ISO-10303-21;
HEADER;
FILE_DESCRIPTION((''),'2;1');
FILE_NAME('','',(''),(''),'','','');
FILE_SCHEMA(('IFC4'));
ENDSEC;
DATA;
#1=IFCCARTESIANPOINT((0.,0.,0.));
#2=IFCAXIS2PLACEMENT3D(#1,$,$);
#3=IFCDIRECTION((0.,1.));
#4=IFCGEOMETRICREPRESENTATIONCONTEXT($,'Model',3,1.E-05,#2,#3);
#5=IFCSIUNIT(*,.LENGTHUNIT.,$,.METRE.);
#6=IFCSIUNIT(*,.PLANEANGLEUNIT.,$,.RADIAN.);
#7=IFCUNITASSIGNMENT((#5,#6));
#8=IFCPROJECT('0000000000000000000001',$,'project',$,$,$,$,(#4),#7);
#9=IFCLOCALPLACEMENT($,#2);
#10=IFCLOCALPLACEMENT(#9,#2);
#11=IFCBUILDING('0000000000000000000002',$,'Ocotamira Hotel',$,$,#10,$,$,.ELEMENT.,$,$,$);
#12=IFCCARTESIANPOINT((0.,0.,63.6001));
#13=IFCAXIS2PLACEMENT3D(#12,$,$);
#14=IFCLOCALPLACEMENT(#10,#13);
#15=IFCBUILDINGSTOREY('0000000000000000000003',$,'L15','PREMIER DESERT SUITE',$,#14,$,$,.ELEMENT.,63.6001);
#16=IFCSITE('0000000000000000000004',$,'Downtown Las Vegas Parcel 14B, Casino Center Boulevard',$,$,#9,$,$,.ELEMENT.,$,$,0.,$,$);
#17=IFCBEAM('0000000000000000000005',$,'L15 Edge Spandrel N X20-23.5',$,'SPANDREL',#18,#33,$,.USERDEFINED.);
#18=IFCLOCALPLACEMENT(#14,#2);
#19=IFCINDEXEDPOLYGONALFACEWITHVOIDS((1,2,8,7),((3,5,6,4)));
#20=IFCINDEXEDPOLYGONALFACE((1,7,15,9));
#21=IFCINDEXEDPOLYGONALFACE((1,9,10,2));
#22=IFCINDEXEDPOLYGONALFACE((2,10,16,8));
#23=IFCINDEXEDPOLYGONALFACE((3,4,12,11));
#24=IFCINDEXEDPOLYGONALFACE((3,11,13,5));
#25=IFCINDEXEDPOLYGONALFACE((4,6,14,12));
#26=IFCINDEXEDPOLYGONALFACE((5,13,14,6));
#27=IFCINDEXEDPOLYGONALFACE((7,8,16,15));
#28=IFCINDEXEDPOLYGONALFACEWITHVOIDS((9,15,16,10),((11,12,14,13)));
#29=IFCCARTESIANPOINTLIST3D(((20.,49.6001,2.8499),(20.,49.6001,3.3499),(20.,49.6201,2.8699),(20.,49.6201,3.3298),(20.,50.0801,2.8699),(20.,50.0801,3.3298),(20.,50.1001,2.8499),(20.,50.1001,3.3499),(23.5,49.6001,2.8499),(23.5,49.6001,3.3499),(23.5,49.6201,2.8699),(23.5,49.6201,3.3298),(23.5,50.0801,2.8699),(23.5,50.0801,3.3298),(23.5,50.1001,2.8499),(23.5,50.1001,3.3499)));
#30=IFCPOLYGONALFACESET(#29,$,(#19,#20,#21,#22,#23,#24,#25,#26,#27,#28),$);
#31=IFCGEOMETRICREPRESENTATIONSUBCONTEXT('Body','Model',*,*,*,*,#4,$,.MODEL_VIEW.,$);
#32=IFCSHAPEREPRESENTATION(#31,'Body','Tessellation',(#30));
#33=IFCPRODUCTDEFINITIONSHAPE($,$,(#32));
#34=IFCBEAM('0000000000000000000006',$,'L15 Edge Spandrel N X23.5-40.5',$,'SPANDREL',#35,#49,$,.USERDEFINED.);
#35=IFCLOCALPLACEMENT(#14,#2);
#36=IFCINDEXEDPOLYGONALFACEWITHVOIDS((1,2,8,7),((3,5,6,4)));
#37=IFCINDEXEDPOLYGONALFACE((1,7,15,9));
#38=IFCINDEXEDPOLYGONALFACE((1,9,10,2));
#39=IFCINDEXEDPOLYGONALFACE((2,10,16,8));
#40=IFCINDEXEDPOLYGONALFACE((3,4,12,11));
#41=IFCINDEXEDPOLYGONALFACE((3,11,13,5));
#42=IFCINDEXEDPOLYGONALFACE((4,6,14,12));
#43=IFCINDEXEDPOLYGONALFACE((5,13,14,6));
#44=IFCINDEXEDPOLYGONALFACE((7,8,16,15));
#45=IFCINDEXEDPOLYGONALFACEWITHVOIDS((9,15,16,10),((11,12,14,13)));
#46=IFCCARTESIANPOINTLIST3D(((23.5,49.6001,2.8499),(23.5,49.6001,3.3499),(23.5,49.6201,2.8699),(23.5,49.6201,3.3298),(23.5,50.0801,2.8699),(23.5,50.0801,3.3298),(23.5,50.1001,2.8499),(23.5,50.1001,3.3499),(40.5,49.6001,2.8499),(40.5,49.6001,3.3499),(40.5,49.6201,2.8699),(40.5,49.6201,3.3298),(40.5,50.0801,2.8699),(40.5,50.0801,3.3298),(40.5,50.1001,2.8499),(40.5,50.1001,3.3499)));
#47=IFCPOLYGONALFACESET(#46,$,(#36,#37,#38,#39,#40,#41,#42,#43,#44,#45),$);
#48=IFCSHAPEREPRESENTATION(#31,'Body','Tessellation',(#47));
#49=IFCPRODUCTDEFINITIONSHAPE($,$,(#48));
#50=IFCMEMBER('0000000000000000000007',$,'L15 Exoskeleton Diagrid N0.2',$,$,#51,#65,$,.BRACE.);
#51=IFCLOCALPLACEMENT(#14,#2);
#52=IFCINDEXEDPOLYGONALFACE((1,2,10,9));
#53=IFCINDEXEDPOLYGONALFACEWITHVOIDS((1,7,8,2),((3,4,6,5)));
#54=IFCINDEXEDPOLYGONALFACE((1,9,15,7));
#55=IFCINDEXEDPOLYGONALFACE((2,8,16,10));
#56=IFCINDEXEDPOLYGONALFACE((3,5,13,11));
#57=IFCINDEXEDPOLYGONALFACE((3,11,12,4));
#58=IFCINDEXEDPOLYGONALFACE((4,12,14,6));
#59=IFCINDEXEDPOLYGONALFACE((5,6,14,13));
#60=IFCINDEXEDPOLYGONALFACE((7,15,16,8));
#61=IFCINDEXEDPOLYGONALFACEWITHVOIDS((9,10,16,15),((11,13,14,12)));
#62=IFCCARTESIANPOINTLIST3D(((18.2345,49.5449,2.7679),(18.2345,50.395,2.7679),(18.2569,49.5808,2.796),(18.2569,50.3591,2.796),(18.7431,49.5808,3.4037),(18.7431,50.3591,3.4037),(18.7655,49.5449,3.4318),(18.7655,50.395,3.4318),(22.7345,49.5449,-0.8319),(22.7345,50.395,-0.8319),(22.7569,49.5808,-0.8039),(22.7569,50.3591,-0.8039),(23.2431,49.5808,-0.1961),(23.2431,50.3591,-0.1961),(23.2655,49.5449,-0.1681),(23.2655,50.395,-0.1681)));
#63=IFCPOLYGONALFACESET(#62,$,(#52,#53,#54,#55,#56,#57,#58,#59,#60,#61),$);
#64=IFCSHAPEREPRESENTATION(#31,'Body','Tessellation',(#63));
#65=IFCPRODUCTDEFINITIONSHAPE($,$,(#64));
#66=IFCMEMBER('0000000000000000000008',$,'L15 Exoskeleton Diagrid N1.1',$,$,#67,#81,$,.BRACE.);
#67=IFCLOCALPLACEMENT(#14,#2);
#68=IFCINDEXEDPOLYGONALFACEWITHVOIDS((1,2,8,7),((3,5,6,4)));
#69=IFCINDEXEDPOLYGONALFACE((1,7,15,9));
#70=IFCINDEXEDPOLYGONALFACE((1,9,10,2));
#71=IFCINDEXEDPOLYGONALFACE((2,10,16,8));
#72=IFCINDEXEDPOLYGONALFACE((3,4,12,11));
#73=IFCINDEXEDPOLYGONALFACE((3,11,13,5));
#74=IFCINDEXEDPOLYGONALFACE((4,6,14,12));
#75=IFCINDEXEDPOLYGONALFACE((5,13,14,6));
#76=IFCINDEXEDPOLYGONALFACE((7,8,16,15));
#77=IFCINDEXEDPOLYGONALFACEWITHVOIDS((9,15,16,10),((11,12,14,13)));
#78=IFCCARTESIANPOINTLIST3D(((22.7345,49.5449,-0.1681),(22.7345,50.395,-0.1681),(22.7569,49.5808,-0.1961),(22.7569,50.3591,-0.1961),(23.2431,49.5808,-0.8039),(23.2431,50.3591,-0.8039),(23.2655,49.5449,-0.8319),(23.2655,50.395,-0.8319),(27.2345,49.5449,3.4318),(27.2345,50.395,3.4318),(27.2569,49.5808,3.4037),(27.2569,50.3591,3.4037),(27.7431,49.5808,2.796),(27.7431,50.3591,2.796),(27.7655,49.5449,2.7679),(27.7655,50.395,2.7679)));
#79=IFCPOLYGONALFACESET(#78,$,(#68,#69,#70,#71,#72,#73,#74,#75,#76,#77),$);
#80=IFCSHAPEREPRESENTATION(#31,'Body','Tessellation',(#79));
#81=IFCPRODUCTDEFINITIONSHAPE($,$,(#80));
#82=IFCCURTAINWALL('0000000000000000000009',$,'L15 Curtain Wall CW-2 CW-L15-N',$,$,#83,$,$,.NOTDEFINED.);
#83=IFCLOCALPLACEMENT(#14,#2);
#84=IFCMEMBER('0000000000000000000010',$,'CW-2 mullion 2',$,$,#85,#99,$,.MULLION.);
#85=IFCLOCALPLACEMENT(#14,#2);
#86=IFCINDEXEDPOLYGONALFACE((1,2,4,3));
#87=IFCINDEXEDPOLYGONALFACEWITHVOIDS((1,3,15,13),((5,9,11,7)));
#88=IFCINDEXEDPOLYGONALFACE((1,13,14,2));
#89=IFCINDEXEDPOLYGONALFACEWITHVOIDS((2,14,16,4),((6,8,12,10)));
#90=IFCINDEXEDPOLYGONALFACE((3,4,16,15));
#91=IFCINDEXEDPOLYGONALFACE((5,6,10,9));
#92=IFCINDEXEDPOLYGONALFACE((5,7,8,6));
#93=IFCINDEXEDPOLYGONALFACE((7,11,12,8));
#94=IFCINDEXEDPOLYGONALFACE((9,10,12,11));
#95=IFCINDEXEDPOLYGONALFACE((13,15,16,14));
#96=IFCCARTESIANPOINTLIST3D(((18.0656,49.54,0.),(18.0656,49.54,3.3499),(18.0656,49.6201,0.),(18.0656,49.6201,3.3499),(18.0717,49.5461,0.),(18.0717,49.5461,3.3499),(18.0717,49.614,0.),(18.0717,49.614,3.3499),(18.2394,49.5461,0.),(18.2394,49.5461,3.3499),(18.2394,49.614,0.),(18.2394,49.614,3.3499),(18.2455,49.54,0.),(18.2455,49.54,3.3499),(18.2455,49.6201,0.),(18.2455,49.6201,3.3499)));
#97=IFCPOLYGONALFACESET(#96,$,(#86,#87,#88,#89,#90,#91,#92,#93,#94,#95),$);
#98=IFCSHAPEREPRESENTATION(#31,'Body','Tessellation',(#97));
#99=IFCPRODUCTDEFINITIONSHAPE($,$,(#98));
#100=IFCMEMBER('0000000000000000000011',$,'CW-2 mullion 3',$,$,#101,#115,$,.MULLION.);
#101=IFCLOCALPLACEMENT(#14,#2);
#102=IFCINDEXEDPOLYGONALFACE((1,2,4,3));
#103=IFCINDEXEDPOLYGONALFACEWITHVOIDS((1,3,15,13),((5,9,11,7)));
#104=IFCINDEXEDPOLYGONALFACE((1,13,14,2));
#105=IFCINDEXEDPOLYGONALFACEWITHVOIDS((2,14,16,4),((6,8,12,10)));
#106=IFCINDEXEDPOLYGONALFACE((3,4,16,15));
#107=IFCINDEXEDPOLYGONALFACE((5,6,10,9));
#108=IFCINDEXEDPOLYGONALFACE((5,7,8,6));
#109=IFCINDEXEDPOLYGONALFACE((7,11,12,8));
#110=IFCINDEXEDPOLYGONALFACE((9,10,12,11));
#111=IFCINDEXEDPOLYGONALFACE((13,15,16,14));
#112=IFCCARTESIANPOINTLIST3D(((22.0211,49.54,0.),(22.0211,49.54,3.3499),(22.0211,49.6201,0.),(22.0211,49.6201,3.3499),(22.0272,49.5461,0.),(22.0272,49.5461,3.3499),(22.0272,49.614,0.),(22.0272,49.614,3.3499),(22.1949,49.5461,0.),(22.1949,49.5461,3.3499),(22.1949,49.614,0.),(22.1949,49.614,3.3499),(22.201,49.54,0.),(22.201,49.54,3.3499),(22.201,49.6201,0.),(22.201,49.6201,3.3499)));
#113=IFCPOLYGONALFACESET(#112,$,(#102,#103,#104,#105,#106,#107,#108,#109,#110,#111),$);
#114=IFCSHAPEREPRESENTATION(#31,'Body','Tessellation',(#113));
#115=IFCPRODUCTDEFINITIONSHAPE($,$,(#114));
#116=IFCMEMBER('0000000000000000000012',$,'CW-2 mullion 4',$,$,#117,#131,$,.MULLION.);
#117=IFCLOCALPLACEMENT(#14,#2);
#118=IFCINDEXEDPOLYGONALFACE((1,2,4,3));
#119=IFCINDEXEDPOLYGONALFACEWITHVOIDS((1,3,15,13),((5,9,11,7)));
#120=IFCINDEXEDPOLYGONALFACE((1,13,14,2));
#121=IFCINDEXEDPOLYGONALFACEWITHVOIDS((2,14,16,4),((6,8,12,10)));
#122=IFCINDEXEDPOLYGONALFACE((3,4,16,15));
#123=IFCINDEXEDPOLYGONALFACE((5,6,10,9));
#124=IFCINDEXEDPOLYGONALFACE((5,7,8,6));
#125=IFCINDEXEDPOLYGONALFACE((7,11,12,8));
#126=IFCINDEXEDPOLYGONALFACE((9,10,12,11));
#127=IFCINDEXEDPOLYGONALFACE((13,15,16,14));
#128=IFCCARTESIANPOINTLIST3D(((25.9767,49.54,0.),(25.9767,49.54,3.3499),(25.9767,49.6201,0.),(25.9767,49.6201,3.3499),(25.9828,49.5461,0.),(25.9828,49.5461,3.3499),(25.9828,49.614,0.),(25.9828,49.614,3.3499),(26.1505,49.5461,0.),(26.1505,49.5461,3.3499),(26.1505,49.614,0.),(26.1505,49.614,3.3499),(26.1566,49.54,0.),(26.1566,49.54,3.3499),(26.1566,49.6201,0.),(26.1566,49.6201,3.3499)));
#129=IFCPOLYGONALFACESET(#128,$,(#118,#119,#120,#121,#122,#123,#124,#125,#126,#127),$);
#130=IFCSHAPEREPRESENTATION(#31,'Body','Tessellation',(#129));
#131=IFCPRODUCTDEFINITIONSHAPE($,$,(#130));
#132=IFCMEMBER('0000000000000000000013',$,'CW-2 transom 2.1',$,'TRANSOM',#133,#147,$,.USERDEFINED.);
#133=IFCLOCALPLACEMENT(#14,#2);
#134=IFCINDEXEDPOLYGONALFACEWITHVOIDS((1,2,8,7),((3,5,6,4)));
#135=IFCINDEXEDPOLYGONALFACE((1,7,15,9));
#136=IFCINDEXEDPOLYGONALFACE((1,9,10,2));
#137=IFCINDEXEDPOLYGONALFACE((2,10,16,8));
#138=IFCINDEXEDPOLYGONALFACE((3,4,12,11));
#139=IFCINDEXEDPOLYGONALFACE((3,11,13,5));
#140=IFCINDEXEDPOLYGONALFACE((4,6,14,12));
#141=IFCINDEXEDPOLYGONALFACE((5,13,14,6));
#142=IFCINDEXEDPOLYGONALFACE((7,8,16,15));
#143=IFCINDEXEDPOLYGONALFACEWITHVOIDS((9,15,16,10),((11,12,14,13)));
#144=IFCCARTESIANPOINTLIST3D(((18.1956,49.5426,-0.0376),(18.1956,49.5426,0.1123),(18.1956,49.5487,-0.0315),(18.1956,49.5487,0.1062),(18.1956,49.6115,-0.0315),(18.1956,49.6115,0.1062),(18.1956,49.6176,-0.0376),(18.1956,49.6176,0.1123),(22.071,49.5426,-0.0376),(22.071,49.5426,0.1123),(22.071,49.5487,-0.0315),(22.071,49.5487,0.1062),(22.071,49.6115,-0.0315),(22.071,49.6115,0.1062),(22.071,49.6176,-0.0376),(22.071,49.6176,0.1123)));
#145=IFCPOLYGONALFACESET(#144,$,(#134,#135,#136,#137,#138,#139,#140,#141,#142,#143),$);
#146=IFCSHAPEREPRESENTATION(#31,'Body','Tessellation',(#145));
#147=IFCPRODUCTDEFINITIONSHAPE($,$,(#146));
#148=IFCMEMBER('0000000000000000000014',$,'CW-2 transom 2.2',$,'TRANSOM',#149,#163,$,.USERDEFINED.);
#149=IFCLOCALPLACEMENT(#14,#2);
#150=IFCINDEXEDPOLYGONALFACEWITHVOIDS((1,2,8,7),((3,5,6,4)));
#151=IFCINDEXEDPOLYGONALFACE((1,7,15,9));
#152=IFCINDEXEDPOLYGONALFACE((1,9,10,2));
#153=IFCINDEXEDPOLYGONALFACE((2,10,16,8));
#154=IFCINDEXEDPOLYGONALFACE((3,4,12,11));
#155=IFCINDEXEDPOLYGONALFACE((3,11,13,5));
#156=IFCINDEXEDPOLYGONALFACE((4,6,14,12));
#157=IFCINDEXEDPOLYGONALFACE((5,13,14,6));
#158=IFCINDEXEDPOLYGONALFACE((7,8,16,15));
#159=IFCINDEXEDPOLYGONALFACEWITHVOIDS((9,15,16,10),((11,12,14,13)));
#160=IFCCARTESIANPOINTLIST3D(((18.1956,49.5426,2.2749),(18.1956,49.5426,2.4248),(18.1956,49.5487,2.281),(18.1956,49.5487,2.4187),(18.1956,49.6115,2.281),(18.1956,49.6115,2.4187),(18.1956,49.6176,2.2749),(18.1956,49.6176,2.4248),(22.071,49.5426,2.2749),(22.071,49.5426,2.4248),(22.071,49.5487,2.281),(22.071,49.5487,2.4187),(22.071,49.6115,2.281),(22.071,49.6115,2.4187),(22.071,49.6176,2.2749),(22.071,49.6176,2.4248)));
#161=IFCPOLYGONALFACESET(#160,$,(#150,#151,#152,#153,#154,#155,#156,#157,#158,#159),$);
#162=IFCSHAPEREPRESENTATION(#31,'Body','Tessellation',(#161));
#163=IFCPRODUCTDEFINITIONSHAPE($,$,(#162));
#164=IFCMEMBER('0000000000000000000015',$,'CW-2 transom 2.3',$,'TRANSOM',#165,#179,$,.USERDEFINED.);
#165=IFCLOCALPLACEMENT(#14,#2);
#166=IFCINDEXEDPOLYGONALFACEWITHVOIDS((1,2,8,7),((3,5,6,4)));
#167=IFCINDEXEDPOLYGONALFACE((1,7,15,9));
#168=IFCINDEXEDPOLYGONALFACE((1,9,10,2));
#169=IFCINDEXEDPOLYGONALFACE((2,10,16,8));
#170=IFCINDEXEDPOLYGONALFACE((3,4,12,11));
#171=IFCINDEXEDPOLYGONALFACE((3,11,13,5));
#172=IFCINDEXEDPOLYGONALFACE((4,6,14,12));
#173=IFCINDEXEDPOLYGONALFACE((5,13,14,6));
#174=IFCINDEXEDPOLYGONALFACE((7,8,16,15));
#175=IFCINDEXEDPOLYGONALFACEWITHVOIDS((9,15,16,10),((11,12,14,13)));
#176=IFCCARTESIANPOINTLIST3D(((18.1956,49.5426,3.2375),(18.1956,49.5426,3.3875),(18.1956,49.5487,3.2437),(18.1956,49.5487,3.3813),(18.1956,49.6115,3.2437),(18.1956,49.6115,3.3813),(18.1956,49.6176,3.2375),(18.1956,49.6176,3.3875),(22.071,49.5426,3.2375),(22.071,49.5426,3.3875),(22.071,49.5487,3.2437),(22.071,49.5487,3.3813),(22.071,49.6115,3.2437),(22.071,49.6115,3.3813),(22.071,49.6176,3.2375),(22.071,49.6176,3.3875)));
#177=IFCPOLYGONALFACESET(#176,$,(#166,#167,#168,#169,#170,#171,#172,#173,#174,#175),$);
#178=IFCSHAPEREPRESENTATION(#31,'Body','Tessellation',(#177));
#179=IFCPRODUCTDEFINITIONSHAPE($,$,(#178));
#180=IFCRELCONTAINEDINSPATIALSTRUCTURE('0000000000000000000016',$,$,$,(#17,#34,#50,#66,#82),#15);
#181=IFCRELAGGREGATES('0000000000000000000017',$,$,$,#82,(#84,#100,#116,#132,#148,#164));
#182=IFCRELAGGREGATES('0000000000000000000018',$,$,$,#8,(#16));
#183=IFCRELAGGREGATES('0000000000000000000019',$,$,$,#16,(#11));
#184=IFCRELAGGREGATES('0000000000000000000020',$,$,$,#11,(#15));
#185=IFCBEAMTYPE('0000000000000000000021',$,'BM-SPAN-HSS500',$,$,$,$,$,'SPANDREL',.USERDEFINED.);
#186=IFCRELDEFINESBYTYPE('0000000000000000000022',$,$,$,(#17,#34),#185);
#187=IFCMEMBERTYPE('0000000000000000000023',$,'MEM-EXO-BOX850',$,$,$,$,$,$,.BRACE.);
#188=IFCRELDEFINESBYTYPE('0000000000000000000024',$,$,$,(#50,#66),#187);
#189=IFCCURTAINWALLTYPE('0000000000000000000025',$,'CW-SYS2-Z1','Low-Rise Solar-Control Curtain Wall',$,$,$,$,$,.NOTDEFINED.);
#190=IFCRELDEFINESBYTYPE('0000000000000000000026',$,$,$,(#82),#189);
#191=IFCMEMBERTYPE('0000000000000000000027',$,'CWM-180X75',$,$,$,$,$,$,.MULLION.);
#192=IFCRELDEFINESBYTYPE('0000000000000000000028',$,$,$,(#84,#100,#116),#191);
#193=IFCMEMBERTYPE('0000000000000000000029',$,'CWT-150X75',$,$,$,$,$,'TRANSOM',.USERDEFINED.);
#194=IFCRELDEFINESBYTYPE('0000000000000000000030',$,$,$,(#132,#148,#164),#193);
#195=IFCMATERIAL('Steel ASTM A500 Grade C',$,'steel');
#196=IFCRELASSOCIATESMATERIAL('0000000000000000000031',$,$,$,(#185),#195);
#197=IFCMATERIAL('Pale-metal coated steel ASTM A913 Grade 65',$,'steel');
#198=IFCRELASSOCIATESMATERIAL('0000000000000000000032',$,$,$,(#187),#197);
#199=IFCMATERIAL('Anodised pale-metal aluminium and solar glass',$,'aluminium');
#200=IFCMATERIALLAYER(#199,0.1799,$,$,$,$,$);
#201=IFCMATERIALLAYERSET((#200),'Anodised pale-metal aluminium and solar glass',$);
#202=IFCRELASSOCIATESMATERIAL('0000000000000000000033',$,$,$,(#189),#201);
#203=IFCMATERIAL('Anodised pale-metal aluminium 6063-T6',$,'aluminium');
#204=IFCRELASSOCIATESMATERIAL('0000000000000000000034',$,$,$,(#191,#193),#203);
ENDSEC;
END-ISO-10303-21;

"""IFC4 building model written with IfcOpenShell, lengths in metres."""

from ifc_helpers import new_model, si_unit, direction, frame, origin, origin_2d, place, context, subcontext, project, spatial, hollow_rectangle, extrude, source, transform, mapped, material, layer, layer_set, material_profile, profile_set, type_object, element, aggregate, save


model = new_model("IFC4")

# Units and contexts
model_context = context("Model", 3, precision=1e-05, world=origin(), true_north=direction((0.0, 1.0)))
body_context = subcontext(model_context, "Body", "Model", "MODEL_VIEW")
ifc_project = project(units=[si_unit("LENGTHUNIT", "METRE"), si_unit("PLANEANGLEUNIT", "RADIAN")], contexts=[model_context])

# Site, building, storey
site_placement = place(None, origin())
site = spatial("IfcSite", under=ifc_project, at=site_placement, Name="Downtown Las Vegas Parcel 14B, Casino Center Boulevard", CompositionType="ELEMENT", RefElevation=0.0)
building_placement = place(site_placement, origin())
building = spatial("IfcBuilding", under=site, at=building_placement, Name="Ocotamira Hotel", CompositionType="ELEMENT")
storey_placement = place(building_placement, frame((0.0, 0.0, 63.6001)))
storey = spatial("IfcBuildingStorey", under=building, at=storey_placement, Name="L15", Description="PREMIER DESERT SUITE", CompositionType="ELEMENT", Elevation=63.6001)

# Beams
ifc_material_1 = material(Name="Steel ASTM A500 Grade C", Category="steel")
ifc_material_profile_1 = material_profile(ifc_material_1, hollow_rectangle(XDim=0.5, YDim=0.5, WallThickness=0.02, at=origin_2d()), Name="HSS500X500X20")
ifc_profile_set_1 = profile_set([ifc_material_profile_1], Name="Steel ASTM A500 Grade C")
beam_type_1 = type_object("IfcBeamType", Name="BM-SPAN-HSS500", ElementType="SPANDREL", PredefinedType="USERDEFINED", material=ifc_profile_set_1)
shared_shape_1 = source(origin(), body_context, "Body", "SweptSolid", [
    extrude(hollow_rectangle(XDim=0.5, YDim=0.5, WallThickness=0.02, at=origin_2d()), origin(), (0.0, 0.0, 1.0), 3.5),
])
beam_1_placement = place(storey_placement, frame((20.0, 49.8501, 3.0999), z_axis=(1.0, 0.0, 0.0), x_axis=(0.0, 1.0, 0.0)))
element("IfcBeam", 1, at=beam_1_placement, inside=storey, type_object=beam_type_1, Name="L15 Edge Spandrel N X20-23.5", ObjectType="SPANDREL", PredefinedType="USERDEFINED", context=body_context, shape_type="MappedRepresentation", body=[
    mapped(shared_shape_1, transform((0.0, 0.0, 0.0), scale=1.0)),
])
shared_shape_2 = source(origin(), body_context, "Body", "SweptSolid", [
    extrude(hollow_rectangle(XDim=0.5, YDim=0.5, WallThickness=0.02, at=origin_2d()), origin(), (0.0, 0.0, 1.0), 17.0),
])
beam_2_placement = place(storey_placement, frame((23.5, 49.8501, 3.0999), z_axis=(1.0, 0.0, 0.0), x_axis=(0.0, 1.0, 0.0)))
element("IfcBeam", 2, at=beam_2_placement, inside=storey, type_object=beam_type_1, Name="L15 Edge Spandrel N X23.5-40.5", ObjectType="SPANDREL", PredefinedType="USERDEFINED", context=body_context, shape_type="MappedRepresentation", body=[
    mapped(shared_shape_2, transform((0.0, 0.0, 0.0), scale=1.0)),
])

# Members
ifc_material_2 = material(Name="Pale-metal coated steel ASTM A913 Grade 65", Category="steel")
ifc_material_profile_2 = material_profile(ifc_material_2, hollow_rectangle(XDim=0.8501, YDim=0.8501, WallThickness=0.0359, at=origin_2d()), Name="BOX850X850X36")
ifc_profile_set_2 = profile_set([ifc_material_profile_2], Name="Pale-metal coated steel ASTM A913 Grade 65")
member_type_1 = type_object("IfcMemberType", Name="MEM-EXO-BOX850", PredefinedType="BRACE", material=ifc_profile_set_2)
shared_shape_3 = source(origin(), body_context, "Body", "SweptSolid", [
    extrude(hollow_rectangle(XDim=0.8501, YDim=0.8501, WallThickness=0.0359, at=origin_2d()), origin(), (0.0, 0.0, 1.0), 5.7627),
])
for number, where, z_axis, x_axis, name in (
    (3, (23.0, 49.97, -0.5), (-0.780881, 0.0, 0.62468), (0.0, -1.0, 0.0), "L15 Exoskeleton Diagrid N0.2"),
    (4, (23.0, 49.97, -0.5), (0.780881, 0.0, 0.62468), (0.0, 1.0, 0.0), "L15 Exoskeleton Diagrid N1.1"),
):
    element("IfcMember", number, at=place(storey_placement, frame(where, z_axis=z_axis, x_axis=x_axis)), inside=storey, type_object=member_type_1, Name=name, PredefinedType="BRACE", context=body_context, shape_type="MappedRepresentation", body=[
        mapped(shared_shape_3, transform((0.0, 0.0, 0.0), scale=1.0)),
    ])

# Curtain wall, members
ifc_material_3 = material(Name="Anodised pale-metal aluminium and solar glass", Category="aluminium")
ifc_layer_1 = layer(ifc_material_3, 0.1799)
ifc_layer_set_1 = layer_set([ifc_layer_1], Name="Anodised pale-metal aluminium and solar glass")
curtain_wall_type = type_object("IfcCurtainWallType", Name="CW-SYS2-Z1", Description="Low-Rise Solar-Control Curtain Wall", PredefinedType="NOTDEFINED", material=ifc_layer_set_1)
curtain_wall_placement = place(storey_placement, origin())
curtain_wall = element("IfcCurtainWall", 5, at=curtain_wall_placement, inside=storey, type_object=curtain_wall_type, Name="L15 Curtain Wall CW-2 CW-L15-N", PredefinedType="NOTDEFINED")
ifc_material_4 = material(Name="Anodised pale-metal aluminium 6063-T6", Category="aluminium")
ifc_material_profile_3 = material_profile(ifc_material_4, hollow_rectangle(XDim=0.0801, YDim=0.1799, WallThickness=0.0061, at=origin_2d()), Name="HSS180X80X6")
ifc_profile_set_3 = profile_set([ifc_material_profile_3], Name="Anodised pale-metal aluminium 6063-T6")
member_type_2 = type_object("IfcMemberType", Name="CWM-180X75", PredefinedType="MULLION", material=ifc_profile_set_3)
shared_shape_4 = source(origin(), body_context, "Body", "SweptSolid", [
    extrude(hollow_rectangle(XDim=0.0801, YDim=0.1799, WallThickness=0.0061, at=origin_2d()), origin(), (0.0, 0.0, 1.0), 3.3499),
])
member_1_placement = place(storey_placement, frame((18.1555, 49.5801, 0.0), z_axis=(0.0, 0.0, 1.0), x_axis=(0.0, 1.0, 0.0)))
member_1 = element("IfcMember", 6, at=member_1_placement, type_object=member_type_2, Name="CW-2 mullion 2", PredefinedType="MULLION", context=body_context, shape_type="MappedRepresentation", body=[
    mapped(shared_shape_4, transform((0.0, 0.0, 0.0), scale=1.0)),
])
member_2_placement = place(storey_placement, frame((22.1111, 49.5801, 0.0), z_axis=(0.0, 0.0, 1.0), x_axis=(0.0, 1.0, 0.0)))
member_2 = element("IfcMember", 7, at=member_2_placement, type_object=member_type_2, Name="CW-2 mullion 3", PredefinedType="MULLION", context=body_context, shape_type="MappedRepresentation", body=[
    mapped(shared_shape_4, transform((0.0, 0.0, 0.0), scale=1.0)),
])
member_3_placement = place(storey_placement, frame((26.0667, 49.5801, 0.0), z_axis=(0.0, 0.0, 1.0), x_axis=(0.0, 1.0, 0.0)))
member_3 = element("IfcMember", 8, at=member_3_placement, type_object=member_type_2, Name="CW-2 mullion 4", PredefinedType="MULLION", context=body_context, shape_type="MappedRepresentation", body=[
    mapped(shared_shape_4, transform((0.0, 0.0, 0.0), scale=1.0)),
])
ifc_material_profile_4 = material_profile(ifc_material_4, hollow_rectangle(XDim=0.075, YDim=0.1499, WallThickness=0.0061, at=origin_2d()), Name="HSS150X75X6")
ifc_profile_set_4 = profile_set([ifc_material_profile_4], Name="Anodised pale-metal aluminium 6063-T6")
member_type_3 = type_object("IfcMemberType", Name="CWT-150X75", ElementType="TRANSOM", PredefinedType="USERDEFINED", material=ifc_profile_set_4)
shared_shape_5 = source(origin(), body_context, "Body", "SweptSolid", [
    extrude(hollow_rectangle(XDim=0.075, YDim=0.1499, WallThickness=0.0061, at=origin_2d()), origin(), (0.0, 0.0, 1.0), 3.8755),
])
member_4_placement = place(storey_placement, frame((18.1956, 49.5801, 0.0374), z_axis=(1.0, 0.0, 0.0), x_axis=(0.0, 1.0, 0.0)))
member_4 = element("IfcMember", 9, at=member_4_placement, type_object=member_type_3, Name="CW-2 transom 2.1", ObjectType="TRANSOM", PredefinedType="USERDEFINED", context=body_context, shape_type="MappedRepresentation", body=[
    mapped(shared_shape_5, transform((0.0, 0.0, 0.0), scale=1.0)),
])
member_5_placement = place(storey_placement, frame((18.1956, 49.5801, 2.3499), z_axis=(1.0, 0.0, 0.0), x_axis=(0.0, 1.0, 0.0)))
member_5 = element("IfcMember", 10, at=member_5_placement, type_object=member_type_3, Name="CW-2 transom 2.2", ObjectType="TRANSOM", PredefinedType="USERDEFINED", context=body_context, shape_type="MappedRepresentation", body=[
    mapped(shared_shape_5, transform((0.0, 0.0, 0.0), scale=1.0)),
])
member_6_placement = place(storey_placement, frame((18.1956, 49.5801, 3.3125), z_axis=(1.0, 0.0, 0.0), x_axis=(0.0, 1.0, 0.0)))
member_6 = element("IfcMember", 11, at=member_6_placement, type_object=member_type_3, Name="CW-2 transom 2.3", ObjectType="TRANSOM", PredefinedType="USERDEFINED", context=body_context, shape_type="MappedRepresentation", body=[
    mapped(shared_shape_5, transform((0.0, 0.0, 0.0), scale=1.0)),
])

aggregate(curtain_wall, [member_1, member_2, member_3, member_4, member_5, member_6])

save(model, "model.ifc")
